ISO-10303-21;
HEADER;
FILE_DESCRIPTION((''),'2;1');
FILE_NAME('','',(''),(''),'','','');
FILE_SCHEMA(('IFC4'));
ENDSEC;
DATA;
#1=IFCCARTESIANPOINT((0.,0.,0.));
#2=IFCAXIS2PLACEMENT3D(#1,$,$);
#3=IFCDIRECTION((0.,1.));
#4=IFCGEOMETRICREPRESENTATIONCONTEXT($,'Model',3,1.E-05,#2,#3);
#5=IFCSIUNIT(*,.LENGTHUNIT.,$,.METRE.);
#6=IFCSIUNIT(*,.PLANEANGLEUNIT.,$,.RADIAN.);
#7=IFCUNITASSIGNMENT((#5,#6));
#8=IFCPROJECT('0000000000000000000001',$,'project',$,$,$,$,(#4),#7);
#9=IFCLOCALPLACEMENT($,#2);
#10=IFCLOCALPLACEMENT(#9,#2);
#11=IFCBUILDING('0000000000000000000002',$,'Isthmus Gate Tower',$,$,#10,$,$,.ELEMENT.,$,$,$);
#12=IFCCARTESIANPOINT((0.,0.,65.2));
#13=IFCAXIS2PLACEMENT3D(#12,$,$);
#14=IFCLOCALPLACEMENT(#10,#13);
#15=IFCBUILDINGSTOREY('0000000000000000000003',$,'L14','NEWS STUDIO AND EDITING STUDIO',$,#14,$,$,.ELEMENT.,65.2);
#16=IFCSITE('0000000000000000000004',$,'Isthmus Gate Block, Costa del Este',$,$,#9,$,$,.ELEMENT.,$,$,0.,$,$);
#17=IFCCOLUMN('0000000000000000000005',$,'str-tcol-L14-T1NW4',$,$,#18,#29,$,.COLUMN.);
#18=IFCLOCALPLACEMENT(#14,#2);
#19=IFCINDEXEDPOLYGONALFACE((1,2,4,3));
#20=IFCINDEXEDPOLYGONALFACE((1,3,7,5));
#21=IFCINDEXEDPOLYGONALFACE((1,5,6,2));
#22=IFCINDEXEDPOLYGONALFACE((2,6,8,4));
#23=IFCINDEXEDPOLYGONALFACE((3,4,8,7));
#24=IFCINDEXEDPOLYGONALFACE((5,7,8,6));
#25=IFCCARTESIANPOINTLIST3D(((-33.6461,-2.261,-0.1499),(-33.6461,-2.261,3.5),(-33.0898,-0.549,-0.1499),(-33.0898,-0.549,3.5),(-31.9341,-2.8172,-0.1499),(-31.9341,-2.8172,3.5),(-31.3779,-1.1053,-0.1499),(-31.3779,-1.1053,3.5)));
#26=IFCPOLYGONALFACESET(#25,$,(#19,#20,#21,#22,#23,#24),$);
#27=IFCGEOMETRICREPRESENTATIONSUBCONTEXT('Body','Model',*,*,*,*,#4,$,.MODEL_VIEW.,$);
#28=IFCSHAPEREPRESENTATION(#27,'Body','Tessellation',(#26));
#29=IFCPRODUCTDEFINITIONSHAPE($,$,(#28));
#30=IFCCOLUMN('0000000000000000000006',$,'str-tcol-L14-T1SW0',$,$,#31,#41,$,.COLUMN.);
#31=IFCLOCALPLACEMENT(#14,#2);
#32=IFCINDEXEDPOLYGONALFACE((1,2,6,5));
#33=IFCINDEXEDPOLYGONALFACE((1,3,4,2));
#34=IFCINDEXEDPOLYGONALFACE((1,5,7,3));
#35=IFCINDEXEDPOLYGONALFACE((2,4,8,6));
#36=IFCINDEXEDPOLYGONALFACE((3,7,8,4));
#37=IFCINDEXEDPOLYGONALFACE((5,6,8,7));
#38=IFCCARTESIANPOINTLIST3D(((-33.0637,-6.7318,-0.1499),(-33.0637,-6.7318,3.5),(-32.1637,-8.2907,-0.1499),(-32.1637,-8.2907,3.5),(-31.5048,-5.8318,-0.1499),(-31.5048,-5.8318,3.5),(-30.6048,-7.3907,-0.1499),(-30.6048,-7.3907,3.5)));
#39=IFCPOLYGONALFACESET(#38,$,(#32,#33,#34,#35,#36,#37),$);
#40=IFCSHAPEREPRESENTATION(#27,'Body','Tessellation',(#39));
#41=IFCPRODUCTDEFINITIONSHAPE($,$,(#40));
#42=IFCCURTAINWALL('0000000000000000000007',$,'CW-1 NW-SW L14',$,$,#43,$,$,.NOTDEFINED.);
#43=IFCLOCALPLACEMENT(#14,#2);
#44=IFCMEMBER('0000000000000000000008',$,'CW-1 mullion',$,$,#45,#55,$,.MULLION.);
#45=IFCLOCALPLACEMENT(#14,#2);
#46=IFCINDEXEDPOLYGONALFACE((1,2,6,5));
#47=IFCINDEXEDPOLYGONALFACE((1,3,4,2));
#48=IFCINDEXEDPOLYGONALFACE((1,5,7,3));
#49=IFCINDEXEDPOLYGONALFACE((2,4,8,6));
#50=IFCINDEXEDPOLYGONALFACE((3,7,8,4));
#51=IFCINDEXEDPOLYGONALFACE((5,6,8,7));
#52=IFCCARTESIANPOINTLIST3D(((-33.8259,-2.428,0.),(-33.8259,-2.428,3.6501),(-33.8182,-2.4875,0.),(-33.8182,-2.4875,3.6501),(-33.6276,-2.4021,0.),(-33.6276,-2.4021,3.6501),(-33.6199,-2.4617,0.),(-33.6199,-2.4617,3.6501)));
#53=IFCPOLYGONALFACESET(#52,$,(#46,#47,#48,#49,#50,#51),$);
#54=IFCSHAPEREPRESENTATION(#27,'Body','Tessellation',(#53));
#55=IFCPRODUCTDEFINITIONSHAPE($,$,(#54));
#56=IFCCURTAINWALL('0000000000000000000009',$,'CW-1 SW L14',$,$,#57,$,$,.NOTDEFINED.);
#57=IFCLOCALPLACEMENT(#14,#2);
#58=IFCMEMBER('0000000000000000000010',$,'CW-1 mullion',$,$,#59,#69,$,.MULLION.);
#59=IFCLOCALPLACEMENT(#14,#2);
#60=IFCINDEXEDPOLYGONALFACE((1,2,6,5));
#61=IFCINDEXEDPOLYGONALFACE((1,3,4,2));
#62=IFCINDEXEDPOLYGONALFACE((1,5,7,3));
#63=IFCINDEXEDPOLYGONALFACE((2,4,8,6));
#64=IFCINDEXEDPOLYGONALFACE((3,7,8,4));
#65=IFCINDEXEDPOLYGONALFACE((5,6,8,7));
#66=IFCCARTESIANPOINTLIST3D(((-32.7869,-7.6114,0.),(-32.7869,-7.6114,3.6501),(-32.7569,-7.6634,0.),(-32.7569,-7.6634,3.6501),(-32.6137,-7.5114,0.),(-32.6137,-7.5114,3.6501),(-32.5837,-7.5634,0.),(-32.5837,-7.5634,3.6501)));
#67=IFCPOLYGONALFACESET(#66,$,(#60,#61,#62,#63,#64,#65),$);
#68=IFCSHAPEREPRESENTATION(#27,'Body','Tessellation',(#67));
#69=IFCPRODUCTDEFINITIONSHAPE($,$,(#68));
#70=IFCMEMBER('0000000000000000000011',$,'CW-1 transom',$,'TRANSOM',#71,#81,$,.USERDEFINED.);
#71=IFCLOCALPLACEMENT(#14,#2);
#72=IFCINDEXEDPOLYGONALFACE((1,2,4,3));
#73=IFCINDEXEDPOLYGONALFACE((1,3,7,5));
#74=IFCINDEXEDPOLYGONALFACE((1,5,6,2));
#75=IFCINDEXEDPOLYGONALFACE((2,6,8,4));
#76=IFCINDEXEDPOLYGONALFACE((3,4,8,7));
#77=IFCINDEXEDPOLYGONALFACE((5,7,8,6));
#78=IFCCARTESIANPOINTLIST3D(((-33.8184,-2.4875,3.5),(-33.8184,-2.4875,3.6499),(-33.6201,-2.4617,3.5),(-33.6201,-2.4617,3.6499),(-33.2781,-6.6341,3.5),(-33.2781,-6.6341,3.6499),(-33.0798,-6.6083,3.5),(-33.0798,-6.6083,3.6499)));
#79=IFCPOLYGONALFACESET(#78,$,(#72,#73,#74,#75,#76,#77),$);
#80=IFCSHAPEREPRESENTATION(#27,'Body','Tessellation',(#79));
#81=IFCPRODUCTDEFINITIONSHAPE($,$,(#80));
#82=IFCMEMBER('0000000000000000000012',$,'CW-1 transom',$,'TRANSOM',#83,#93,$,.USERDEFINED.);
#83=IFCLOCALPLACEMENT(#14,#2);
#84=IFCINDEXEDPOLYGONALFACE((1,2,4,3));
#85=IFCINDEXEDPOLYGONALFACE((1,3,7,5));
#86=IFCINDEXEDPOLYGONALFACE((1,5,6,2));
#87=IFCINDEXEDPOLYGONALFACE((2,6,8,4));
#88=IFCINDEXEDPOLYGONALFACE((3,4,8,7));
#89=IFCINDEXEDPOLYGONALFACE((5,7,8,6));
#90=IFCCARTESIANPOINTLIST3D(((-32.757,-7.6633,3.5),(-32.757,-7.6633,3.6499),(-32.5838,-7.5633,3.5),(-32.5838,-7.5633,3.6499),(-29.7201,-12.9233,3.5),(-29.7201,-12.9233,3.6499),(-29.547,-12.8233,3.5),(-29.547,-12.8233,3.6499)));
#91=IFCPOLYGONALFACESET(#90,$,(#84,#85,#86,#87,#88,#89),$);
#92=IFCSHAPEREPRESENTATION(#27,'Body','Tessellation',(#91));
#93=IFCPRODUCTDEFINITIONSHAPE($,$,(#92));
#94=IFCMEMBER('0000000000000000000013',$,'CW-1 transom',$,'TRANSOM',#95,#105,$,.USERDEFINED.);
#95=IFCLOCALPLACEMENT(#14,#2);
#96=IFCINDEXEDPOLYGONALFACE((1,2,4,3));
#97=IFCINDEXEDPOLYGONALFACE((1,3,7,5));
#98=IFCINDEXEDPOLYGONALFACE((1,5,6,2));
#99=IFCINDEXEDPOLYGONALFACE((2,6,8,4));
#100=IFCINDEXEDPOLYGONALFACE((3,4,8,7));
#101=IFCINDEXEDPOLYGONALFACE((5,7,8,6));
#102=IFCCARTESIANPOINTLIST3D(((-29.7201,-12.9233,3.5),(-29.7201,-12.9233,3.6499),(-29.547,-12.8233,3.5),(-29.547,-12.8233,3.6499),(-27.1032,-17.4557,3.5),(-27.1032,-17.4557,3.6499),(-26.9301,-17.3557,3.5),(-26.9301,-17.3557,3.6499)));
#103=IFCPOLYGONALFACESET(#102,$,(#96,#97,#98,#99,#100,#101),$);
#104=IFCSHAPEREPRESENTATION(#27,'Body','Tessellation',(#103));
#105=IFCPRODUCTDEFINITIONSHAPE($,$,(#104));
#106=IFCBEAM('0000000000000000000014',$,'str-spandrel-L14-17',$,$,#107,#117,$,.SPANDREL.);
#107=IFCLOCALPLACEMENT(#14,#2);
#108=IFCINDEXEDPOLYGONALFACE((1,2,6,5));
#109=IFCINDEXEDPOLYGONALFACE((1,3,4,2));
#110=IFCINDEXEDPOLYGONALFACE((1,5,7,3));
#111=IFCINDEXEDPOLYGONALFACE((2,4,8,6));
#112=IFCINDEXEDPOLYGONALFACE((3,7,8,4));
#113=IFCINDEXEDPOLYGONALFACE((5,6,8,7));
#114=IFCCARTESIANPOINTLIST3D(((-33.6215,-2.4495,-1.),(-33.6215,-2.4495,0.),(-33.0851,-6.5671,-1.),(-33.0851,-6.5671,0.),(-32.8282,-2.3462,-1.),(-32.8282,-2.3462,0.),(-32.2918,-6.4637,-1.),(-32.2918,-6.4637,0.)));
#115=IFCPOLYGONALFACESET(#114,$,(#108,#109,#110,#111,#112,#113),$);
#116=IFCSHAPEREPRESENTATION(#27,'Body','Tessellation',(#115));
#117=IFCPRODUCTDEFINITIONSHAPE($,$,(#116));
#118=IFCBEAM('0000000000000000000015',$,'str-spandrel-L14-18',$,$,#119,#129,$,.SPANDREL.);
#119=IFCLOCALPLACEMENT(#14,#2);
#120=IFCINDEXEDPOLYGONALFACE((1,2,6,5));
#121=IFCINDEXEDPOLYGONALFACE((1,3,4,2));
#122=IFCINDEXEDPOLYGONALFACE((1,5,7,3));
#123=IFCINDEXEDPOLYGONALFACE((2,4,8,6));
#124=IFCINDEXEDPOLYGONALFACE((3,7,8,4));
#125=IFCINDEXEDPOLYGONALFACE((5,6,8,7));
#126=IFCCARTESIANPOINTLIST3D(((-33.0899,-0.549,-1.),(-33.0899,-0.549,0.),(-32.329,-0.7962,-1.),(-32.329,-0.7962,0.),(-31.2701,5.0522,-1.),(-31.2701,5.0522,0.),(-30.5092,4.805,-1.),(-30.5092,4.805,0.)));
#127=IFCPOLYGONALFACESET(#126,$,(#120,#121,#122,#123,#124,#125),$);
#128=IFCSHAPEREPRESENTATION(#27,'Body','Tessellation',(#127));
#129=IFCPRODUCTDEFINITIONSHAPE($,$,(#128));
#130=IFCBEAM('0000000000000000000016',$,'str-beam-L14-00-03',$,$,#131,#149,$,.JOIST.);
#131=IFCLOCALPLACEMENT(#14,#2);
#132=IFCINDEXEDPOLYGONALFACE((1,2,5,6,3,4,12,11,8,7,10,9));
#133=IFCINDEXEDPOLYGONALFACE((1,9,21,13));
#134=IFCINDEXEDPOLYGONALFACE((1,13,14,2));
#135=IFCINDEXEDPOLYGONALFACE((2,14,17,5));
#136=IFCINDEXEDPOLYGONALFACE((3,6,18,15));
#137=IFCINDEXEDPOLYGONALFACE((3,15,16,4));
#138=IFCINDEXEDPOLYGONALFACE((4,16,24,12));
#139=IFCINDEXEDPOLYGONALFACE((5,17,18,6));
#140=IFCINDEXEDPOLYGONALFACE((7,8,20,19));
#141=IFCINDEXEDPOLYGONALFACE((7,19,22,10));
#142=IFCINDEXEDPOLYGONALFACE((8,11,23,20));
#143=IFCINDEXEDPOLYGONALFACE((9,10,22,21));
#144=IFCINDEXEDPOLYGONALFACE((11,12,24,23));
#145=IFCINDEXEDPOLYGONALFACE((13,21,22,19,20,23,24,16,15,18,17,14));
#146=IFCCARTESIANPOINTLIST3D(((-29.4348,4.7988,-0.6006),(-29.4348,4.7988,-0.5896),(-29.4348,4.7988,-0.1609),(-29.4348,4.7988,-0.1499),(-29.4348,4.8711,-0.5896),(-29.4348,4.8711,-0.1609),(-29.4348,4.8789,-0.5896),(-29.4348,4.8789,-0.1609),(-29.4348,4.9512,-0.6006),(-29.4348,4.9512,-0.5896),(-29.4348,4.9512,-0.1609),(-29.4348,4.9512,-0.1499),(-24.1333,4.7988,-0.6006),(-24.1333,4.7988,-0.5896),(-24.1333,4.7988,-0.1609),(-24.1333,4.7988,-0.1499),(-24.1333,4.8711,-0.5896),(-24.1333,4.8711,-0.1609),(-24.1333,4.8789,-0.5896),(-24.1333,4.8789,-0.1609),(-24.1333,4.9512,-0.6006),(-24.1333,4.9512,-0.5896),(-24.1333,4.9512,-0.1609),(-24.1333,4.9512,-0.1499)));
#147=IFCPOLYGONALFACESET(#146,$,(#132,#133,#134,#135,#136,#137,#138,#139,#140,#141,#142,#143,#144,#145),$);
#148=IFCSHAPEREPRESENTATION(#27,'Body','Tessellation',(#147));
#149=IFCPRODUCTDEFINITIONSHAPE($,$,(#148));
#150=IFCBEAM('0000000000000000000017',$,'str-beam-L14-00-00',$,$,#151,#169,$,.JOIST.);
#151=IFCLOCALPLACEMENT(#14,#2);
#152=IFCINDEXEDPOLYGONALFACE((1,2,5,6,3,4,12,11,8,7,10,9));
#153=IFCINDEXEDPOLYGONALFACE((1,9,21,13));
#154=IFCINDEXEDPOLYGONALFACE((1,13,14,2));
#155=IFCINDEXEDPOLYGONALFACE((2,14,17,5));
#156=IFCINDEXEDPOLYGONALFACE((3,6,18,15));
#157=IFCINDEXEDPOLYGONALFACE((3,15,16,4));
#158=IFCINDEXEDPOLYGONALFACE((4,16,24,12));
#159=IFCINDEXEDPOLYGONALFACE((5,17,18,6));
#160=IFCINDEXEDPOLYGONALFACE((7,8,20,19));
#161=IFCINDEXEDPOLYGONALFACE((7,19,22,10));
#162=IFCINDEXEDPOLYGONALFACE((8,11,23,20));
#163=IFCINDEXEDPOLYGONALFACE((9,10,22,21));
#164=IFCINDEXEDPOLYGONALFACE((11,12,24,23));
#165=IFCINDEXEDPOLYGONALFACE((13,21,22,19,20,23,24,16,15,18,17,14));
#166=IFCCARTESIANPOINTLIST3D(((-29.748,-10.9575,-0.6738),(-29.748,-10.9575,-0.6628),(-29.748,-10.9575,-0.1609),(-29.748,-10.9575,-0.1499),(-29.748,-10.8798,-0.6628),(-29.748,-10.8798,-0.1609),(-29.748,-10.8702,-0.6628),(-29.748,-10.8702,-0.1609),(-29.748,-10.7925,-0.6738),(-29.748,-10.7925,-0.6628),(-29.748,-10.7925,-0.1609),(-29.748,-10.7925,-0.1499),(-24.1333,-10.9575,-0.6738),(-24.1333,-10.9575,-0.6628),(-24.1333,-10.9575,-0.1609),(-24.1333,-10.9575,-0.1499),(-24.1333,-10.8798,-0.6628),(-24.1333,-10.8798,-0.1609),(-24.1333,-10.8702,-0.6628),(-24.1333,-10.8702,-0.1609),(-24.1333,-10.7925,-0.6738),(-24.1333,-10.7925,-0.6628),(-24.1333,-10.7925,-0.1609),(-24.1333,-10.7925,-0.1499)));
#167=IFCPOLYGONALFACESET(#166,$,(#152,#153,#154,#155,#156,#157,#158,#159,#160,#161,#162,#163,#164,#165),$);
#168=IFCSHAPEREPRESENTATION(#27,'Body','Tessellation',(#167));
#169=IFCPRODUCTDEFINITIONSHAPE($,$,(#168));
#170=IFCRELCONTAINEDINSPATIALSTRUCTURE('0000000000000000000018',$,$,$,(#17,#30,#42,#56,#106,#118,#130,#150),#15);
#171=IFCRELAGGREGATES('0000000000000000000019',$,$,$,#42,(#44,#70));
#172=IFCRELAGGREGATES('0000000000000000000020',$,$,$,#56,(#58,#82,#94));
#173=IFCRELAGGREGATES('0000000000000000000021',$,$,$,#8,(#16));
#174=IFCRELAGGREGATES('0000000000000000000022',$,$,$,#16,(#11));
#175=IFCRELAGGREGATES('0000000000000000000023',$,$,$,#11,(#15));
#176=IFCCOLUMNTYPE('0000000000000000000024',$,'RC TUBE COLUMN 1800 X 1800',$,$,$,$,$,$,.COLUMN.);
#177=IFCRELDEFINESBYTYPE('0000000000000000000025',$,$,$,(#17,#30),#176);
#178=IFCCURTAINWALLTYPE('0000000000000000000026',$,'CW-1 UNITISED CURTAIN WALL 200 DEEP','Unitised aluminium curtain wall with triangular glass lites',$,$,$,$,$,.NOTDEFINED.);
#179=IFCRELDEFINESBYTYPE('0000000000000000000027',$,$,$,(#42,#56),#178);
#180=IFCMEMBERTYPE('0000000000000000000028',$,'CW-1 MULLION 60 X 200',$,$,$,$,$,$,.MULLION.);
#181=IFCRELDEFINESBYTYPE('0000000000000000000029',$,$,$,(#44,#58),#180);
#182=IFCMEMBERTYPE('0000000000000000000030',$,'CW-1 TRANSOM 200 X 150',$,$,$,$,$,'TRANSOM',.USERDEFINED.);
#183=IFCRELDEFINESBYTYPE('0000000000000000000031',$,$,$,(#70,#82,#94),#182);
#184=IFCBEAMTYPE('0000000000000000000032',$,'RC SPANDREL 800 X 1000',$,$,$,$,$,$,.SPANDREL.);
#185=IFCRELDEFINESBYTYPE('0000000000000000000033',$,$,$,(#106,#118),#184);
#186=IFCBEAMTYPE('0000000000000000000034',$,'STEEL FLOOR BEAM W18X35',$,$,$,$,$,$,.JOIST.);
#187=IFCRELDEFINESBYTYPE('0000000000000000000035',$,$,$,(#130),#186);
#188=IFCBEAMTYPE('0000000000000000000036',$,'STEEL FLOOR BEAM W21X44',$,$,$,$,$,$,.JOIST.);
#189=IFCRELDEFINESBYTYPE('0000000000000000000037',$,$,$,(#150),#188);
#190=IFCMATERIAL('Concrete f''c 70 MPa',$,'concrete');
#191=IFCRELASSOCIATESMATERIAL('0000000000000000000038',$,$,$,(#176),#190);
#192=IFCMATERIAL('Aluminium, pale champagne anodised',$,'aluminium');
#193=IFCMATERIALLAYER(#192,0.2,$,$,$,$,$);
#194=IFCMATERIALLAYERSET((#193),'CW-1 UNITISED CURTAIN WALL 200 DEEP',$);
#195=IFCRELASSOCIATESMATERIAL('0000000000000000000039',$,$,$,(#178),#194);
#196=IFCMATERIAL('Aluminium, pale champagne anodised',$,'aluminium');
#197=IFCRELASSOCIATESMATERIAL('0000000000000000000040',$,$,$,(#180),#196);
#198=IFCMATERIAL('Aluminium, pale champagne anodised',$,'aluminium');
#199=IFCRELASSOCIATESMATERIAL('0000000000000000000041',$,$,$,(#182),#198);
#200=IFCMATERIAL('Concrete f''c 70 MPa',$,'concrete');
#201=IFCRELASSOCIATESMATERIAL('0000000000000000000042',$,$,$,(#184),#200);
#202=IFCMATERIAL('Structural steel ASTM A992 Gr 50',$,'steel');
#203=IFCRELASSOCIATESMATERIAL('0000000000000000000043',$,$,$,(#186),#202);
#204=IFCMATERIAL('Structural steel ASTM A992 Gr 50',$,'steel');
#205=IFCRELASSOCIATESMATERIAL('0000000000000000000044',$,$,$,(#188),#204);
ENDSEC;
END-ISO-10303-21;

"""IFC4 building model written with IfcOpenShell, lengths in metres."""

from ifc_helpers import new_model, si_unit, direction, frame, origin, origin_2d, place, context, subcontext, project, spatial, rectangle, i_section, extrude, material, layer, layer_set, material_profile, profile_set, type_object, element, aggregate, save


model = new_model("IFC4")

# Units and contexts
model_context = context("Model", 3, precision=1e-05, world=origin(), true_north=direction((0.0, 1.0)))
body_context = subcontext(model_context, "Body", "Model", "MODEL_VIEW")
ifc_project = project(units=[si_unit("LENGTHUNIT", "METRE"), si_unit("PLANEANGLEUNIT", "RADIAN")], contexts=[model_context])

# Site, building, storey
site_placement = place(None, origin())
site = spatial("IfcSite", under=ifc_project, at=site_placement, Name="Isthmus Gate Block, Costa del Este", CompositionType="ELEMENT", RefElevation=0.0)
building_placement = place(site_placement, origin())
building = spatial("IfcBuilding", under=site, at=building_placement, Name="Isthmus Gate Tower", CompositionType="ELEMENT")
storey_placement = place(building_placement, frame((0.0, 0.0, 65.2)))
storey = spatial("IfcBuildingStorey", under=building, at=storey_placement, Name="L14", Description="NEWS STUDIO AND EDITING STUDIO", CompositionType="ELEMENT", Elevation=65.2)

# Columns
ifc_material_1 = material(Name="Concrete f'c 70 MPa", Category="concrete")
ifc_material_profile_1 = material_profile(ifc_material_1, rectangle(XDim=1.8, YDim=1.8, at=origin_2d()), Name="RC 1800X1800")
ifc_profile_set_1 = profile_set([ifc_material_profile_1], Name="Concrete f'c 70 MPa")
column_type = type_object("IfcColumnType", Name="RC TUBE COLUMN 1800 X 1800", PredefinedType="COLUMN", material=ifc_profile_set_1)
for number, where, z_axis, x_axis, name in (
    (1, (-32.512, -1.6831, -0.1499), (0.0, 0.0, 1.0), (-0.309017, -0.951057, 0.0), "str-tcol-L14-T1NW4"),
    (2, (-31.8342, -7.0613, -0.1499), (0.0, 0.0, 1.0), (0.5, -0.866025, 0.0), "str-tcol-L14-T1SW0"),
):
    element("IfcColumn", number, at=place(storey_placement, frame(where, z_axis=z_axis, x_axis=x_axis)), inside=storey, type_object=column_type, Name=name, PredefinedType="COLUMN", context=body_context, shape_type="SweptSolid", body=[
        extrude(rectangle(XDim=1.8, YDim=1.8, at=origin_2d()), origin(), (0.0, 0.0, 1.0), 3.6499),
    ])

# Curtain walls, members
ifc_material_2 = material(Name="Aluminium, pale champagne anodised", Category="aluminium")
ifc_layer_1 = layer(ifc_material_2, 0.2)
ifc_layer_set_1 = layer_set([ifc_layer_1], Name="CW-1 UNITISED CURTAIN WALL 200 DEEP")
curtain_wall_type = type_object("IfcCurtainWallType", Name="CW-1 UNITISED CURTAIN WALL 200 DEEP", Description="Unitised aluminium curtain wall with triangular glass lites", PredefinedType="NOTDEFINED", material=ifc_layer_set_1)
curtain_wall_1_placement = place(storey_placement, origin())
curtain_wall_1 = element("IfcCurtainWall", 3, at=curtain_wall_1_placement, inside=storey, type_object=curtain_wall_type, Name="CW-1 NW-SW L14", PredefinedType="NOTDEFINED")
ifc_material_3 = material(Name="Aluminium, pale champagne anodised", Category="aluminium")
ifc_material_profile_2 = material_profile(ifc_material_3, rectangle(XDim=0.0601, YDim=0.2, at=origin_2d()), Name="60x200")
ifc_profile_set_2 = profile_set([ifc_material_profile_2], Name="Aluminium, pale champagne anodised")
member_type_1 = type_object("IfcMemberType", Name="CW-1 MULLION 60 X 200", PredefinedType="MULLION", material=ifc_profile_set_2)
member_1_placement = place(storey_placement, frame((-33.7229, -2.4448, 0.0), z_axis=(0.0, 0.0, 1.0), x_axis=(0.129165, -0.991623, 0.0)))
member_1 = element("IfcMember", 4, at=member_1_placement, type_object=member_type_1, Name="CW-1 mullion", PredefinedType="MULLION", context=body_context, shape_type="SweptSolid", body=[
    extrude(rectangle(XDim=0.0601, YDim=0.2, at=origin_2d()), origin(), (0.0, 0.0, 1.0), 3.6501),
])
curtain_wall_2_placement = place(storey_placement, origin())
curtain_wall_2 = element("IfcCurtainWall", 5, at=curtain_wall_2_placement, inside=storey, type_object=curtain_wall_type, Name="CW-1 SW L14", PredefinedType="NOTDEFINED")
member_2_placement = place(storey_placement, frame((-32.6853, -7.5874, 0.0), z_axis=(0.0, 0.0, 1.0), x_axis=(0.5, -0.866025, 0.0)))
member_2 = element("IfcMember", 6, at=member_2_placement, type_object=member_type_1, Name="CW-1 mullion", PredefinedType="MULLION", context=body_context, shape_type="SweptSolid", body=[
    extrude(rectangle(XDim=0.0601, YDim=0.2, at=origin_2d()), origin(), (0.0, 0.0, 1.0), 3.6501),
])

# Members
ifc_material_4 = material(Name="Aluminium, pale champagne anodised", Category="aluminium")
ifc_material_profile_3 = material_profile(ifc_material_4, rectangle(XDim=0.2, YDim=0.1499, at=origin_2d()), Name="200x150")
ifc_profile_set_3 = profile_set([ifc_material_profile_3], Name="Aluminium, pale champagne anodised")
member_type_2 = type_object("IfcMemberType", Name="CW-1 TRANSOM 200 X 150", ElementType="TRANSOM", PredefinedType="USERDEFINED", material=ifc_profile_set_3)
member_3_placement = place(storey_placement, frame((-33.7192, -2.4746, 3.575), z_axis=(0.129207, -0.991618, 0.0), x_axis=(0.991618, 0.129207, 0.0)))
member_3 = element("IfcMember", 7, at=member_3_placement, type_object=member_type_2, Name="CW-1 transom", ObjectType="TRANSOM", PredefinedType="USERDEFINED", context=body_context, shape_type="SweptSolid", body=[
    extrude(rectangle(XDim=0.2, YDim=0.1499, at=origin_2d()), origin(), (0.0, 0.0, 1.0), 4.1816),
])
member_4_placement = place(storey_placement, frame((-32.6704, -7.6133, 3.575), z_axis=(0.5, -0.866026, 0.0), x_axis=(0.866026, 0.5, 0.0)))
member_4 = element("IfcMember", 8, at=member_4_placement, type_object=member_type_2, Name="CW-1 transom", ObjectType="TRANSOM", PredefinedType="USERDEFINED", context=body_context, shape_type="SweptSolid", body=[
    extrude(rectangle(XDim=0.2, YDim=0.1499, at=origin_2d()), origin(), (0.0, 0.0, 1.0), 6.0737),
])
member_5_placement = place(storey_placement, frame((-29.6335, -12.8733, 3.575), z_axis=(0.500017, -0.866015, 0.0), x_axis=(0.866015, 0.500017, 0.0)))
member_5 = element("IfcMember", 9, at=member_5_placement, type_object=member_type_2, Name="CW-1 transom", ObjectType="TRANSOM", PredefinedType="USERDEFINED", context=body_context, shape_type="SweptSolid", body=[
    extrude(rectangle(XDim=0.2, YDim=0.1499, at=origin_2d()), origin(), (0.0, 0.0, 1.0), 5.2336),
])

# Beams
ifc_material_5 = material(Name="Concrete f'c 70 MPa", Category="concrete")
ifc_material_profile_4 = material_profile(ifc_material_5, rectangle(XDim=0.8, YDim=1.0, at=origin_2d()), Name="RC 800X1000")
ifc_profile_set_4 = profile_set([ifc_material_profile_4], Name="Concrete f'c 70 MPa")
beam_type_1 = type_object("IfcBeamType", Name="RC SPANDREL 800 X 1000", PredefinedType="SPANDREL", material=ifc_profile_set_4)
beam_1_placement = place(storey_placement, frame((-32.6885, -6.5154, -0.5), z_axis=(-0.129171, 0.991622, 0.0), x_axis=(-0.991622, -0.129171, 0.0)))
element("IfcBeam", 10, at=beam_1_placement, inside=storey, type_object=beam_type_1, Name="str-spandrel-L14-17", PredefinedType="SPANDREL", context=body_context, shape_type="SweptSolid", body=[
    extrude(rectangle(XDim=0.8, YDim=1.0, at=origin_2d()), origin(), (0.0, 0.0, 1.0), 4.1523),
])
beam_2_placement = place(storey_placement, frame((-32.7095, -0.6726, -0.5), z_axis=(0.309005, 0.95106, 0.0), x_axis=(-0.95106, 0.309005, 0.0)))
element("IfcBeam", 11, at=beam_2_placement, inside=storey, type_object=beam_type_1, Name="str-spandrel-L14-18", PredefinedType="SPANDREL", context=body_context, shape_type="SweptSolid", body=[
    extrude(rectangle(XDim=0.8, YDim=1.0, at=origin_2d()), origin(), (0.0, 0.0, 1.0), 5.8894),
])
ifc_material_6 = material(Name="Structural steel ASTM A992 Gr 50", Category="steel")
ifc_material_profile_5 = material_profile(ifc_material_6, i_section(OverallWidth=0.1523, OverallDepth=0.4507, WebThickness=0.0078, FlangeThickness=0.011, at=origin_2d()), Name="W18X35")
ifc_profile_set_5 = profile_set([ifc_material_profile_5], Name="Structural steel ASTM A992 Gr 50")
beam_type_2 = type_object("IfcBeamType", Name="STEEL FLOOR BEAM W18X35", PredefinedType="JOIST", material=ifc_profile_set_5)
beam_3_placement = place(storey_placement, frame((-29.4348, 4.875, -0.3752), z_axis=(1.0, 0.0, 0.0), x_axis=(0.0, 1.0, 0.0)))
element("IfcBeam", 12, at=beam_3_placement, inside=storey, type_object=beam_type_2, Name="str-beam-L14-00-03", PredefinedType="JOIST", context=body_context, shape_type="SweptSolid", body=[
    extrude(i_section(OverallWidth=0.1523, OverallDepth=0.4507, WebThickness=0.0078, FlangeThickness=0.011, at=origin_2d()), origin(), (0.0, 0.0, 1.0), 5.3015),
])
ifc_material_7 = material(Name="Structural steel ASTM A992 Gr 50", Category="steel")
ifc_material_profile_6 = material_profile(ifc_material_7, i_section(OverallWidth=0.165, OverallDepth=0.5239, WebThickness=0.0095, FlangeThickness=0.011, at=origin_2d()), Name="W21X44")
ifc_profile_set_6 = profile_set([ifc_material_profile_6], Name="Structural steel ASTM A992 Gr 50")
beam_type_3 = type_object("IfcBeamType", Name="STEEL FLOOR BEAM W21X44", PredefinedType="JOIST", material=ifc_profile_set_6)
beam_4_placement = place(storey_placement, frame((-29.748, -10.875, -0.4119), z_axis=(1.0, 0.0, 0.0), x_axis=(0.0, 1.0, 0.0)))
element("IfcBeam", 13, at=beam_4_placement, inside=storey, type_object=beam_type_3, Name="str-beam-L14-00-00", PredefinedType="JOIST", context=body_context, shape_type="SweptSolid", body=[
    extrude(i_section(OverallWidth=0.165, OverallDepth=0.5239, WebThickness=0.0095, FlangeThickness=0.011, at=origin_2d()), origin(), (0.0, 0.0, 1.0), 5.6147),
])

aggregate(curtain_wall_1, [member_1, member_3])
aggregate(curtain_wall_2, [member_2, member_4, member_5])

save(model, "model.ifc")
